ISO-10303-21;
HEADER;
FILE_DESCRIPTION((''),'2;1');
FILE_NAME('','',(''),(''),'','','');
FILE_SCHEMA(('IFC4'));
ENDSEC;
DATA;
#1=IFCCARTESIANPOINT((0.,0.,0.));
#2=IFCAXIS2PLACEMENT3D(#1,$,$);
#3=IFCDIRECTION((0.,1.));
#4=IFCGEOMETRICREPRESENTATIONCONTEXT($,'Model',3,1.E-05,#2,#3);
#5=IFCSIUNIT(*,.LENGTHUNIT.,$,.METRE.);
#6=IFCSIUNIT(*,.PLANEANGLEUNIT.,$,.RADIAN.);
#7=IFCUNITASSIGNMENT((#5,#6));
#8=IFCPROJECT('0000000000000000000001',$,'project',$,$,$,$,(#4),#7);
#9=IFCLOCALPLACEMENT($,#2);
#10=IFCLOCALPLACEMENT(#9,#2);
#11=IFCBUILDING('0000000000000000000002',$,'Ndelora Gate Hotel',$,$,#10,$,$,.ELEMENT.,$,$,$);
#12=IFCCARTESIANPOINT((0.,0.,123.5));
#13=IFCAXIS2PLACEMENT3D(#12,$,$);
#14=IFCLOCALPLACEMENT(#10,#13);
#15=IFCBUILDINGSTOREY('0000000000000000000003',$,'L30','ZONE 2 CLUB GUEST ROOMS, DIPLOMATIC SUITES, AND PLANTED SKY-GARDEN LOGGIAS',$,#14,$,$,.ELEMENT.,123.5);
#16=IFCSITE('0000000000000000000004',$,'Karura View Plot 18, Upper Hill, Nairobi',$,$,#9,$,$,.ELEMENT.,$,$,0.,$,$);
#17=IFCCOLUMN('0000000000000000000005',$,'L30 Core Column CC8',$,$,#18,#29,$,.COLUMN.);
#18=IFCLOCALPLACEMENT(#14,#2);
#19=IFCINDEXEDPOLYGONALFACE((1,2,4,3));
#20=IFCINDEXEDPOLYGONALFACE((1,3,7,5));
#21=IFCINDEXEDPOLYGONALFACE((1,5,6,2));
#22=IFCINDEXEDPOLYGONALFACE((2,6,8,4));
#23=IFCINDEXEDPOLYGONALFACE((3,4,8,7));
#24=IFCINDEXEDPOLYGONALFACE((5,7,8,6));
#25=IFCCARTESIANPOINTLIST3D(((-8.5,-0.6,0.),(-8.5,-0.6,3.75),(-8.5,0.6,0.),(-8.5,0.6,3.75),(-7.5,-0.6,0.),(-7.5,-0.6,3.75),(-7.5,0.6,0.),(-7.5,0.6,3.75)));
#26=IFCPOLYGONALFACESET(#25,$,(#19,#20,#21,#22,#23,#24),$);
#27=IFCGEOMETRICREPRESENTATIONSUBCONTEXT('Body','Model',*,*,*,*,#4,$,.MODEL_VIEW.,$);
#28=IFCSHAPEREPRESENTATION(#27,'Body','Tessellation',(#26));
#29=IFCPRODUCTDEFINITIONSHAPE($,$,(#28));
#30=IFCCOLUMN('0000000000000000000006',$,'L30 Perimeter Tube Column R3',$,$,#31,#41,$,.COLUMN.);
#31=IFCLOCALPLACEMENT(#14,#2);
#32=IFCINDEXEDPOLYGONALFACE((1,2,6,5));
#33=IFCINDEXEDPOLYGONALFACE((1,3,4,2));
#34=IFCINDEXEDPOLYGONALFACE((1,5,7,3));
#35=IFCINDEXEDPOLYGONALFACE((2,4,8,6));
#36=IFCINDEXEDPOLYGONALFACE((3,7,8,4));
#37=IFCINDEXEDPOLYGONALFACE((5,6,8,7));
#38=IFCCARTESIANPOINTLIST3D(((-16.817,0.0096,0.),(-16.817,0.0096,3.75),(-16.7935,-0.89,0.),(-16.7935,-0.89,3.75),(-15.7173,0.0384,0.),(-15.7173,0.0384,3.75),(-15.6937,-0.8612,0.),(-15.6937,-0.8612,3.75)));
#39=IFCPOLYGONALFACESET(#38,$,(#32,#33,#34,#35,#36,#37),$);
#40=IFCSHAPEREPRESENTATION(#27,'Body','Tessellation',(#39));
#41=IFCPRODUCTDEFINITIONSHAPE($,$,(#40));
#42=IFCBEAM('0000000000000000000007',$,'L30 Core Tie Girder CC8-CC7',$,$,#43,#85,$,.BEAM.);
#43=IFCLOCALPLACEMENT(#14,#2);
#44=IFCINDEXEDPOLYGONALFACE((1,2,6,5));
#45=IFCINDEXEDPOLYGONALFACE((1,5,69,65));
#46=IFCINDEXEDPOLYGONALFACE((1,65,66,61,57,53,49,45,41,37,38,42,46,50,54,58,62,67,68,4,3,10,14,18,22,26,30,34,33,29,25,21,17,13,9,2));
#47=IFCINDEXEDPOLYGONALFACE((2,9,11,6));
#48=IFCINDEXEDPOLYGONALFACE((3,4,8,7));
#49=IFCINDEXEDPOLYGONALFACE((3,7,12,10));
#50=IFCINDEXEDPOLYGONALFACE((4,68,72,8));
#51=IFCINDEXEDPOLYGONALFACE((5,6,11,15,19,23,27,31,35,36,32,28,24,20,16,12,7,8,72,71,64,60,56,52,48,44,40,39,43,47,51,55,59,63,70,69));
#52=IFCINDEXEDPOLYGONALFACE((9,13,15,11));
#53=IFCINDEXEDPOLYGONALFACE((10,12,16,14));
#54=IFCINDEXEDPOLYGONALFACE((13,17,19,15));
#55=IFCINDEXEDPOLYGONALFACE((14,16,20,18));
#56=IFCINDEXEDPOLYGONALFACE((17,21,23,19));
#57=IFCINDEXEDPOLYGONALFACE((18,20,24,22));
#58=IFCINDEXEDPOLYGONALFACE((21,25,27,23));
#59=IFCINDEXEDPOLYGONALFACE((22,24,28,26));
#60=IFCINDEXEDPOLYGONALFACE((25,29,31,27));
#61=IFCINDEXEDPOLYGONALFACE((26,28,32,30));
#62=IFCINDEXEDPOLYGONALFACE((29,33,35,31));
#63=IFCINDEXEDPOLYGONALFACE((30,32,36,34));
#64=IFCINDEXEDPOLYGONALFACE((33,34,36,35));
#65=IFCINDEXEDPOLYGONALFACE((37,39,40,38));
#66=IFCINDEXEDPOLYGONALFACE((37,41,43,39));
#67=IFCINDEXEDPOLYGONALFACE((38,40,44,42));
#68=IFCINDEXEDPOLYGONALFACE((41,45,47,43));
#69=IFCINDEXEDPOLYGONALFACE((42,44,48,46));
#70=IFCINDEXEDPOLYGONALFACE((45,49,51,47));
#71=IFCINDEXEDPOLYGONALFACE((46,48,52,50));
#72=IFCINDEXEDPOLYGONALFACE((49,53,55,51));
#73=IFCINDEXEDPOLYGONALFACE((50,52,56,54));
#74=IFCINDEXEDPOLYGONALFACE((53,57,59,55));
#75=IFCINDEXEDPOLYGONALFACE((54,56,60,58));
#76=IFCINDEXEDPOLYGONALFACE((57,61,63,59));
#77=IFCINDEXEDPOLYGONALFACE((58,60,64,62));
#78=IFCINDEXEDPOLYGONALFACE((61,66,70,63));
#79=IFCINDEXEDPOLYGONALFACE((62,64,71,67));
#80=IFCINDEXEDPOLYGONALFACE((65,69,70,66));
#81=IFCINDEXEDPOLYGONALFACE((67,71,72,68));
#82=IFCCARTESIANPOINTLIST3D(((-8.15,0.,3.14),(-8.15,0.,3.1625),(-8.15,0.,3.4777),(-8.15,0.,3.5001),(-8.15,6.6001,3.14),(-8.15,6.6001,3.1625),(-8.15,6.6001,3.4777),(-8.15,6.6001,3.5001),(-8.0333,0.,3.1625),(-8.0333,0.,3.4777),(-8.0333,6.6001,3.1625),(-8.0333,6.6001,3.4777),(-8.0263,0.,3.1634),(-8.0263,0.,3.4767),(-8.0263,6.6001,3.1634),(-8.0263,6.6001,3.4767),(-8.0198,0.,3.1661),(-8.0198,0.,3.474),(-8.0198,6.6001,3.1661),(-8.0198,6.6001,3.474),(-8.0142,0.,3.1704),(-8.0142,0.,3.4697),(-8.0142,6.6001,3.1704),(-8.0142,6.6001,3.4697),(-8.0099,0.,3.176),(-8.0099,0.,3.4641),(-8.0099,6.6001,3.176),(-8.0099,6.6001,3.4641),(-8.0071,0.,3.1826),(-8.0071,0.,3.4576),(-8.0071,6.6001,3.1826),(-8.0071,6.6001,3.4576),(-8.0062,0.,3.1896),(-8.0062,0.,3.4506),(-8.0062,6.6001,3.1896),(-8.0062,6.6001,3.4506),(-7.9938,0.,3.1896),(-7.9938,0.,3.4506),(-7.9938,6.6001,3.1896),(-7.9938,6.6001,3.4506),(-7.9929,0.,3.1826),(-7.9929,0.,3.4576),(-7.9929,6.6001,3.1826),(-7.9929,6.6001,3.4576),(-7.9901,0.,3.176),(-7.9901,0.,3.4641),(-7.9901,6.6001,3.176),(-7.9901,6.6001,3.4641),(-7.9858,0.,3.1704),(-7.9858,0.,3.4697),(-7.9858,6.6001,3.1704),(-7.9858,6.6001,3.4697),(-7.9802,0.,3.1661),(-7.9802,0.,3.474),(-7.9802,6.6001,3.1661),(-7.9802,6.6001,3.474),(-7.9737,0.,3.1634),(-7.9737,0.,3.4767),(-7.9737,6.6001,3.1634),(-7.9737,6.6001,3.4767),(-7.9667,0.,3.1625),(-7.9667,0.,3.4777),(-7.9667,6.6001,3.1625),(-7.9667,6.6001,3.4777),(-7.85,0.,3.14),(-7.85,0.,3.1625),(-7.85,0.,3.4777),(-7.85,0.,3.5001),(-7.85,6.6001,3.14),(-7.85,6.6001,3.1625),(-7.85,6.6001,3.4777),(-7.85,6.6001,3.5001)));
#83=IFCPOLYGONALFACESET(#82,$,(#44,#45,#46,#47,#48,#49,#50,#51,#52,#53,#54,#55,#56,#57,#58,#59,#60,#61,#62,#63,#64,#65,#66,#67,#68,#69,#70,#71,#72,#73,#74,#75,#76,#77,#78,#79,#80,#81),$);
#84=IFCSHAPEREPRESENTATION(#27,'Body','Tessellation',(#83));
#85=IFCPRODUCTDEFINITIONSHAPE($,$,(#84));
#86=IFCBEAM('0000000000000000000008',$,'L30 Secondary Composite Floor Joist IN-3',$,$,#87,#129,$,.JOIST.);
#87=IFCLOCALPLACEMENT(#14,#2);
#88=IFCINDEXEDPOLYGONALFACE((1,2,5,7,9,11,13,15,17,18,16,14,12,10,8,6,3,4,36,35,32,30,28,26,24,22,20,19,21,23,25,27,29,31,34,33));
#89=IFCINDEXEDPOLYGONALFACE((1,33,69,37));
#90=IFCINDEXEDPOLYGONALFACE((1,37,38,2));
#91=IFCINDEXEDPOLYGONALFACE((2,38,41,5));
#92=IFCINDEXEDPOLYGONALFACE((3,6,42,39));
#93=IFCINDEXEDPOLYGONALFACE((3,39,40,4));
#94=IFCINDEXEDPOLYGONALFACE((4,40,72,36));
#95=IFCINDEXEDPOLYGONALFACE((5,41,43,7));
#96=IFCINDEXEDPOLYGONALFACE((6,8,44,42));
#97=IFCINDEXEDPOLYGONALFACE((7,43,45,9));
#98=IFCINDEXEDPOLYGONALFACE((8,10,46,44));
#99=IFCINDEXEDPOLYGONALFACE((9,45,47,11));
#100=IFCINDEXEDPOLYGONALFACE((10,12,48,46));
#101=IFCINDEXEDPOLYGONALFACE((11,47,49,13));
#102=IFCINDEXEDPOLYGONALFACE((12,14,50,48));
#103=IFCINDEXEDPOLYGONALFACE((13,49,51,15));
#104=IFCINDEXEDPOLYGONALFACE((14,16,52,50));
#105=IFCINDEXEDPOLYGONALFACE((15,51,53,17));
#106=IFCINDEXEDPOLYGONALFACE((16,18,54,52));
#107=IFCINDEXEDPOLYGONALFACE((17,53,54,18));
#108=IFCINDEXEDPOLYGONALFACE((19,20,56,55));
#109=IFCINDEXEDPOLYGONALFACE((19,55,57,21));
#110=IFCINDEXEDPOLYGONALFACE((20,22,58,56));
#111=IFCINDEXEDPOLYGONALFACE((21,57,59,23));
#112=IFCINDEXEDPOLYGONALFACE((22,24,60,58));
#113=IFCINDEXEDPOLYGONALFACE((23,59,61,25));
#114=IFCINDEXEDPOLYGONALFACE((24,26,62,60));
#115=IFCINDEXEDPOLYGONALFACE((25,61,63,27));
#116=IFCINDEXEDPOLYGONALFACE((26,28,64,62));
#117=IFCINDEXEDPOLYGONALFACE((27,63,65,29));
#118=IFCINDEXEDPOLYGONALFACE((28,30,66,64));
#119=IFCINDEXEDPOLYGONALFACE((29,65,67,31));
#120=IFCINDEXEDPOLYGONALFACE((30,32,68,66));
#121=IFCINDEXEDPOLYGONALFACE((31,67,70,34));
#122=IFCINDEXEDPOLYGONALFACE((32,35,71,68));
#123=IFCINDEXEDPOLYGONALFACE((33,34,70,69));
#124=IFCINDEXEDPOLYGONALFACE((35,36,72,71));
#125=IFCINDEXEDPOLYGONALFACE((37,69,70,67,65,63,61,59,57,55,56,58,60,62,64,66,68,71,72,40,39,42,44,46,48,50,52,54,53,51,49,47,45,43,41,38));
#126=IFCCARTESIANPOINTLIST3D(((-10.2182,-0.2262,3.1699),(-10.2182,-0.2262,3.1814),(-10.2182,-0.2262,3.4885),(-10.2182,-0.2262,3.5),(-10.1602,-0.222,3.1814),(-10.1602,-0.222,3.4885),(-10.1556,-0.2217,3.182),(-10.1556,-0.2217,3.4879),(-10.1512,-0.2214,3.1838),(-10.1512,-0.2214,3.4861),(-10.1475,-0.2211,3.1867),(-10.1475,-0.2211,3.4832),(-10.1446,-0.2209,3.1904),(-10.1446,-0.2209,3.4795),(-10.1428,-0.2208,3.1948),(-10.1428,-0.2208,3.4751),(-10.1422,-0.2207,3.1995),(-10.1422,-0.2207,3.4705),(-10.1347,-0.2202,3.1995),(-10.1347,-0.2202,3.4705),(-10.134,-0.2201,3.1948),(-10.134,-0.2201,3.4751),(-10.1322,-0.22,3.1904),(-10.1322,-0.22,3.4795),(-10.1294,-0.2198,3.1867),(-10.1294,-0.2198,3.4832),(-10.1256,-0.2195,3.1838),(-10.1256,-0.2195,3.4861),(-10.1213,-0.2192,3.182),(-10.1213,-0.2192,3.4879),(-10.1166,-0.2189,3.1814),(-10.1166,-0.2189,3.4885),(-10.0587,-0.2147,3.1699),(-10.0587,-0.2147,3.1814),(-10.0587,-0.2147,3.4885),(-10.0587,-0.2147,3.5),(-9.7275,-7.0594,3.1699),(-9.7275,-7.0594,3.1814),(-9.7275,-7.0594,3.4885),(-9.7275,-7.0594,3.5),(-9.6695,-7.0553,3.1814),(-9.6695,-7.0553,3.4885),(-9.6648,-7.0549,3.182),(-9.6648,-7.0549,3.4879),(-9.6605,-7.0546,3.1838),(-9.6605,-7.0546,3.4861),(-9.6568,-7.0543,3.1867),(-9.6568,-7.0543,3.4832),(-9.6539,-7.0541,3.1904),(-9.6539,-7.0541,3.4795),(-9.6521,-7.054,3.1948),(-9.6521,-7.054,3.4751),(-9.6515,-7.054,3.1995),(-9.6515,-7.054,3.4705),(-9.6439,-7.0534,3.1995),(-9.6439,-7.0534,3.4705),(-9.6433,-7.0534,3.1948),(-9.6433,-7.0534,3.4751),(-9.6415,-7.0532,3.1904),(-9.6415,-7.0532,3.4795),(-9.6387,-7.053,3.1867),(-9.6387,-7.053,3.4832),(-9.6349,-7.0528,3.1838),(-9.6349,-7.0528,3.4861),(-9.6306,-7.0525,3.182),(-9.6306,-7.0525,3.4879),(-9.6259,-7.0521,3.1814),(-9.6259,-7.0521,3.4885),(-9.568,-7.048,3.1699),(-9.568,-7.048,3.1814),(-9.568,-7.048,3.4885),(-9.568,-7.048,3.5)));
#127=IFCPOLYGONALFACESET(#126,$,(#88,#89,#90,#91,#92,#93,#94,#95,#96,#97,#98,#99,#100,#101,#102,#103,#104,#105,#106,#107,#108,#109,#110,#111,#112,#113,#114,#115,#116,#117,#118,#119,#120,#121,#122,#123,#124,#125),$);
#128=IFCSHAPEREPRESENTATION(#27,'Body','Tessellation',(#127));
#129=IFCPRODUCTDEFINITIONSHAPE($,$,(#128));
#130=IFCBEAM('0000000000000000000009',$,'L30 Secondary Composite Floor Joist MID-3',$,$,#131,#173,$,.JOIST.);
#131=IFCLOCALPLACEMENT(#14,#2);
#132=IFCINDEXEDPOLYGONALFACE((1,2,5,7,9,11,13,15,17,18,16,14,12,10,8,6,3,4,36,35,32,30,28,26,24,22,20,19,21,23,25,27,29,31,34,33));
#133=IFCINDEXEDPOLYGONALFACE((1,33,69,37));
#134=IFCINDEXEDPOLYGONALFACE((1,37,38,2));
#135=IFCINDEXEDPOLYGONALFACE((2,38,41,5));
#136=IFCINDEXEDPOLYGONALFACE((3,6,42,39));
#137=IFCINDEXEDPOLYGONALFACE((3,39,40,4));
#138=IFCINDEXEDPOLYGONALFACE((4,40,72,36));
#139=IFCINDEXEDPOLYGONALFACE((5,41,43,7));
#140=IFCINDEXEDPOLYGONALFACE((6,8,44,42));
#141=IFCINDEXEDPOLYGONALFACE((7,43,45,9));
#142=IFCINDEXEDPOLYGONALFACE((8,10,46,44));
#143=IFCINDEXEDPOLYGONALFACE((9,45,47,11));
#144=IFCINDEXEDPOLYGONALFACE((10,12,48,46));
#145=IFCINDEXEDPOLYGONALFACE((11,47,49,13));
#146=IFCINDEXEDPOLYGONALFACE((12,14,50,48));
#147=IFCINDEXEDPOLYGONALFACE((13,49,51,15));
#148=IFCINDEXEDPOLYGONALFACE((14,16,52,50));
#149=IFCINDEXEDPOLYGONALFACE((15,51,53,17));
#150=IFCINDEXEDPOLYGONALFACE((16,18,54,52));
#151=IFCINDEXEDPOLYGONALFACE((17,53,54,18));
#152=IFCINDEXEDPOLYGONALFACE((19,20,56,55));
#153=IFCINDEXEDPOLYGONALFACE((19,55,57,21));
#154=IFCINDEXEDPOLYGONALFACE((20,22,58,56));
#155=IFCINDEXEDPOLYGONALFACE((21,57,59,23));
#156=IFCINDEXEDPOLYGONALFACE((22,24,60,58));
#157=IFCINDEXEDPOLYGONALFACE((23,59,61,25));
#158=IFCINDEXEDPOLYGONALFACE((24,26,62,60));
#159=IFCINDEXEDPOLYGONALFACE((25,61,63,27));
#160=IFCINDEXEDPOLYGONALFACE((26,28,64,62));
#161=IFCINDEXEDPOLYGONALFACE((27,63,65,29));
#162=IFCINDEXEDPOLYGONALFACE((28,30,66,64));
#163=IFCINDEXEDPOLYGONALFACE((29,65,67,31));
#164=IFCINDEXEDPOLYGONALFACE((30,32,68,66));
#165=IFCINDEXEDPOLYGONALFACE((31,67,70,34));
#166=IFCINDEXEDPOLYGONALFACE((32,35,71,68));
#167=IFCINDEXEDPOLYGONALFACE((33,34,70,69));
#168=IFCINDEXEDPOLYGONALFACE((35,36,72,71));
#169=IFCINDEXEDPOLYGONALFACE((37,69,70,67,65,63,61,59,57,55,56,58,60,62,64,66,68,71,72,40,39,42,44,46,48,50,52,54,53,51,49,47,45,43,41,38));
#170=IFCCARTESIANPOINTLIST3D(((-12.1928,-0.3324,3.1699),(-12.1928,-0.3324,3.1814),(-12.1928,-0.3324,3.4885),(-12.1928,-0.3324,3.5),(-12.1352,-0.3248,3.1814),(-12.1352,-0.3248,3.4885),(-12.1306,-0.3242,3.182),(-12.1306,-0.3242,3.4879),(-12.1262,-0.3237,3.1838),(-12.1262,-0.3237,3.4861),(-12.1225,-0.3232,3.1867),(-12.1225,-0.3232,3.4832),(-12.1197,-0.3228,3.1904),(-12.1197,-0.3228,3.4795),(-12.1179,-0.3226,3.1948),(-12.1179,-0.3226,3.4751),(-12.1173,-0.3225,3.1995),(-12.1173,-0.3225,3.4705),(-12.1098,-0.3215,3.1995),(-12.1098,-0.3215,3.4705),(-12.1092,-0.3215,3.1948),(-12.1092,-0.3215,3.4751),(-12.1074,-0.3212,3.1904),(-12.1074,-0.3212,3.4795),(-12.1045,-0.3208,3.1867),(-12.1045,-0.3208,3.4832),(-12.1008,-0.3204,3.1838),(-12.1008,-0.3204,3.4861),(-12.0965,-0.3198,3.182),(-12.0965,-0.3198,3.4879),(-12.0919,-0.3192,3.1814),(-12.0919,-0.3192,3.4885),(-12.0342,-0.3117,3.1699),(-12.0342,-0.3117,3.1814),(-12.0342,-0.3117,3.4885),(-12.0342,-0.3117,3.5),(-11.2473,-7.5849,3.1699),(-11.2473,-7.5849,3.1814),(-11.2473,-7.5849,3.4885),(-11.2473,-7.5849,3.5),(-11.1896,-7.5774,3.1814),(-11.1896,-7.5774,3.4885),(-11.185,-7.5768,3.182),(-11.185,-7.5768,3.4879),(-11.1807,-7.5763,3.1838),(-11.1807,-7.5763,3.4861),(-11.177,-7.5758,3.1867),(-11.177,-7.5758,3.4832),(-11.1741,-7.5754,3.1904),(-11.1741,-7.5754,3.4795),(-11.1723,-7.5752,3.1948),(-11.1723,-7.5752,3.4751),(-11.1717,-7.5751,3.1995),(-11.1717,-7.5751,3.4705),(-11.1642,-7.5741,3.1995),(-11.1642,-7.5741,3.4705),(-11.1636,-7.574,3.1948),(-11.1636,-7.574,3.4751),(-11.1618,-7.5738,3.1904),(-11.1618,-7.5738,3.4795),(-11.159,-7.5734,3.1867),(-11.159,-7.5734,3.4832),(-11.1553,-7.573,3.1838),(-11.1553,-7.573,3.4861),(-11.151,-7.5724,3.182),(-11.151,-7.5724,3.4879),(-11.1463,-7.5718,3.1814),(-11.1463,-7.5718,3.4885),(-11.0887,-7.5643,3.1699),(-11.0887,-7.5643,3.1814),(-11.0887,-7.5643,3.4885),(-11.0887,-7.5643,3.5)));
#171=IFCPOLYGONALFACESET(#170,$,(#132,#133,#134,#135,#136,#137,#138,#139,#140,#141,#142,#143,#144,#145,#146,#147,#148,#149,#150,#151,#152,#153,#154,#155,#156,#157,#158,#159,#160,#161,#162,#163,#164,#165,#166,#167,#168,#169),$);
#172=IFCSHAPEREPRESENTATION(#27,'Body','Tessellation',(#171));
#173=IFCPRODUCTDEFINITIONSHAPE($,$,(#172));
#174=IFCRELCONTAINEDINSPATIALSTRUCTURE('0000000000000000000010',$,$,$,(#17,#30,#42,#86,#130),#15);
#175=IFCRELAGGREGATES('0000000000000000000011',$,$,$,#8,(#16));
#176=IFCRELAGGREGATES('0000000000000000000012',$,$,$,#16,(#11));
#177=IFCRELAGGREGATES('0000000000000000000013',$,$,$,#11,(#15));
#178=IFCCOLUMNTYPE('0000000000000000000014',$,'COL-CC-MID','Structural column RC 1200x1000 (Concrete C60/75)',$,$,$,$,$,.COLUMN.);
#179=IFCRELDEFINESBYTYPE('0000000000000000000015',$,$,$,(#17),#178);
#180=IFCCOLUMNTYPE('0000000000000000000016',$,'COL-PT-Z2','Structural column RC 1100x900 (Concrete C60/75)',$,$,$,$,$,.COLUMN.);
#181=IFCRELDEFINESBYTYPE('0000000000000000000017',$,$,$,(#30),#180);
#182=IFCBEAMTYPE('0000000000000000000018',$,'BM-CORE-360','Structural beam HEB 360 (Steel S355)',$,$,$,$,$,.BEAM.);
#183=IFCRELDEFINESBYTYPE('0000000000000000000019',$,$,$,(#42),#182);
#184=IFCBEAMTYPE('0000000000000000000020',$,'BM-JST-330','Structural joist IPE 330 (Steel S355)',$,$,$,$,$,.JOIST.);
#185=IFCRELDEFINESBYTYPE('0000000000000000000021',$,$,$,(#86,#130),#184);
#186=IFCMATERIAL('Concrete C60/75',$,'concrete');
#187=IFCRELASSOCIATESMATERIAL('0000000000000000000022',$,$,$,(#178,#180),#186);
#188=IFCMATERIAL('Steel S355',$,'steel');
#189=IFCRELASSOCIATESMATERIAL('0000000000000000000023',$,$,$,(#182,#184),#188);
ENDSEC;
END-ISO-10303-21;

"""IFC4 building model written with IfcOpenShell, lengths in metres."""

from ifc_helpers import new_model, si_unit, direction, frame, origin, origin_2d, place, context, subcontext, project, spatial, rectangle, i_section, extrude, material, material_profile, profile_set, type_object, element, save


model = new_model("IFC4")

# Units and contexts
model_context = context("Model", 3, precision=1e-05, world=origin(), true_north=direction((0.0, 1.0)))
body_context = subcontext(model_context, "Body", "Model", "MODEL_VIEW")
ifc_project = project(units=[si_unit("LENGTHUNIT", "METRE"), si_unit("PLANEANGLEUNIT", "RADIAN")], contexts=[model_context])

# Site, building, storey
site_placement = place(None, origin())
site = spatial("IfcSite", under=ifc_project, at=site_placement, Name="Karura View Plot 18, Upper Hill, Nairobi", CompositionType="ELEMENT", RefElevation=0.0)
building_placement = place(site_placement, origin())
building = spatial("IfcBuilding", under=site, at=building_placement, Name="Ndelora Gate Hotel", CompositionType="ELEMENT")
storey_placement = place(building_placement, frame((0.0, 0.0, 123.5)))
storey = spatial("IfcBuildingStorey", under=building, at=storey_placement, Name="L30", Description="ZONE 2 CLUB GUEST ROOMS, DIPLOMATIC SUITES, AND PLANTED SKY-GARDEN LOGGIAS", CompositionType="ELEMENT", Elevation=123.5)

# Columns
ifc_material_1 = material(Name="Concrete C60/75", Category="concrete")
ifc_material_profile_1 = material_profile(ifc_material_1, rectangle(XDim=1.0, YDim=1.2, at=origin_2d()), Name="RC 1200x1000")
ifc_profile_set_1 = profile_set([ifc_material_profile_1], Name="Concrete C60/75")
column_type_1 = type_object("IfcColumnType", Name="COL-CC-MID", Description="Structural column RC 1200x1000 (Concrete C60/75)", PredefinedType="COLUMN", material=ifc_profile_set_1)
column_1_placement = place(storey_placement, frame((-8.0, 0.0, 0.0), z_axis=(0.0, 0.0, 1.0), x_axis=(1.0, 0.0, 0.0)))
element("IfcColumn", 1, at=column_1_placement, inside=storey, type_object=column_type_1, Name="L30 Core Column CC8", PredefinedType="COLUMN", context=body_context, shape_type="SweptSolid", body=[
    extrude(rectangle(XDim=1.0, YDim=1.2, at=origin_2d()), origin(), (0.0, 0.0, 1.0), 3.75),
])
ifc_material_profile_2 = material_profile(ifc_material_1, rectangle(XDim=0.8999, YDim=1.1001, at=origin_2d()), Name="RC 1100x900")
ifc_profile_set_2 = profile_set([ifc_material_profile_2], Name="Concrete C60/75")
column_type_2 = type_object("IfcColumnType", Name="COL-PT-Z2", Description="Structural column RC 1100x900 (Concrete C60/75)", PredefinedType="COLUMN", material=ifc_profile_set_2)
column_2_placement = place(storey_placement, frame((-16.2554, -0.4258, 0.0), z_axis=(0.0, 0.0, 1.0), x_axis=(-0.026177, 0.999657, 0.0)))
element("IfcColumn", 2, at=column_2_placement, inside=storey, type_object=column_type_2, Name="L30 Perimeter Tube Column R3", PredefinedType="COLUMN", context=body_context, shape_type="SweptSolid", body=[
    extrude(rectangle(XDim=0.8999, YDim=1.1001, at=origin_2d()), origin(), (0.0, 0.0, 1.0), 3.75),
])

# Beams
ifc_material_2 = material(Name="Steel S355", Category="steel")
ifc_material_profile_3 = material_profile(ifc_material_2, i_section(OverallWidth=0.3, OverallDepth=0.3601, WebThickness=0.0125, FlangeThickness=0.0225, FilletRadius=0.0271, at=origin_2d()), Name="HEB 360")
ifc_profile_set_3 = profile_set([ifc_material_profile_3], Name="Steel S355")
beam_type_1 = type_object("IfcBeamType", Name="BM-CORE-360", Description="Structural beam HEB 360 (Steel S355)", PredefinedType="BEAM", material=ifc_profile_set_3)
beam_1_placement = place(storey_placement, frame((-8.0, 0.0, 3.3201), z_axis=(0.0, 1.0, 0.0), x_axis=(-1.0, 0.0, 0.0)))
element("IfcBeam", 3, at=beam_1_placement, inside=storey, type_object=beam_type_1, Name="L30 Core Tie Girder CC8-CC7", PredefinedType="BEAM", context=body_context, shape_type="SweptSolid", body=[
    extrude(i_section(OverallWidth=0.3, OverallDepth=0.3601, WebThickness=0.0125, FlangeThickness=0.0225, FilletRadius=0.0271, at=origin_2d()), origin(), (0.0, 0.0, 1.0), 6.6001),
])
ifc_material_profile_4 = material_profile(ifc_material_2, i_section(OverallWidth=0.1599, OverallDepth=0.3301, WebThickness=0.0076, FlangeThickness=0.0115, FilletRadius=0.0181, at=origin_2d()), Name="IPE 330")
ifc_profile_set_4 = profile_set([ifc_material_profile_4], Name="Steel S355")
beam_type_2 = type_object("IfcBeamType", Name="BM-JST-330", Description="Structural joist IPE 330 (Steel S355)", PredefinedType="JOIST", material=ifc_profile_set_4)
beam_2_placement = place(storey_placement, frame((-10.1384, -0.2205, 3.335), z_axis=(0.071629, -0.997431, 0.0), x_axis=(0.997431, 0.071629, 0.0)))
element("IfcBeam", 4, at=beam_2_placement, inside=storey, type_object=beam_type_2, Name="L30 Secondary Composite Floor Joist IN-3", PredefinedType="JOIST", context=body_context, shape_type="SweptSolid", body=[
    extrude(i_section(OverallWidth=0.1599, OverallDepth=0.3301, WebThickness=0.0076, FlangeThickness=0.0115, FilletRadius=0.0181, at=origin_2d()), origin(), (0.0, 0.0, 1.0), 6.8508),
])
beam_3_placement = place(storey_placement, frame((-12.1135, -0.322, 3.335), z_axis=(0.129279, -0.991608, 0.0), x_axis=(0.991608, 0.129279, 0.0)))
element("IfcBeam", 5, at=beam_3_placement, inside=storey, type_object=beam_type_2, Name="L30 Secondary Composite Floor Joist MID-3", PredefinedType="JOIST", context=body_context, shape_type="SweptSolid", body=[
    extrude(i_section(OverallWidth=0.1599, OverallDepth=0.3301, WebThickness=0.0076, FlangeThickness=0.0115, FilletRadius=0.0181, at=origin_2d()), origin(), (0.0, 0.0, 1.0), 7.314),
])

save(model, "model.ifc")
